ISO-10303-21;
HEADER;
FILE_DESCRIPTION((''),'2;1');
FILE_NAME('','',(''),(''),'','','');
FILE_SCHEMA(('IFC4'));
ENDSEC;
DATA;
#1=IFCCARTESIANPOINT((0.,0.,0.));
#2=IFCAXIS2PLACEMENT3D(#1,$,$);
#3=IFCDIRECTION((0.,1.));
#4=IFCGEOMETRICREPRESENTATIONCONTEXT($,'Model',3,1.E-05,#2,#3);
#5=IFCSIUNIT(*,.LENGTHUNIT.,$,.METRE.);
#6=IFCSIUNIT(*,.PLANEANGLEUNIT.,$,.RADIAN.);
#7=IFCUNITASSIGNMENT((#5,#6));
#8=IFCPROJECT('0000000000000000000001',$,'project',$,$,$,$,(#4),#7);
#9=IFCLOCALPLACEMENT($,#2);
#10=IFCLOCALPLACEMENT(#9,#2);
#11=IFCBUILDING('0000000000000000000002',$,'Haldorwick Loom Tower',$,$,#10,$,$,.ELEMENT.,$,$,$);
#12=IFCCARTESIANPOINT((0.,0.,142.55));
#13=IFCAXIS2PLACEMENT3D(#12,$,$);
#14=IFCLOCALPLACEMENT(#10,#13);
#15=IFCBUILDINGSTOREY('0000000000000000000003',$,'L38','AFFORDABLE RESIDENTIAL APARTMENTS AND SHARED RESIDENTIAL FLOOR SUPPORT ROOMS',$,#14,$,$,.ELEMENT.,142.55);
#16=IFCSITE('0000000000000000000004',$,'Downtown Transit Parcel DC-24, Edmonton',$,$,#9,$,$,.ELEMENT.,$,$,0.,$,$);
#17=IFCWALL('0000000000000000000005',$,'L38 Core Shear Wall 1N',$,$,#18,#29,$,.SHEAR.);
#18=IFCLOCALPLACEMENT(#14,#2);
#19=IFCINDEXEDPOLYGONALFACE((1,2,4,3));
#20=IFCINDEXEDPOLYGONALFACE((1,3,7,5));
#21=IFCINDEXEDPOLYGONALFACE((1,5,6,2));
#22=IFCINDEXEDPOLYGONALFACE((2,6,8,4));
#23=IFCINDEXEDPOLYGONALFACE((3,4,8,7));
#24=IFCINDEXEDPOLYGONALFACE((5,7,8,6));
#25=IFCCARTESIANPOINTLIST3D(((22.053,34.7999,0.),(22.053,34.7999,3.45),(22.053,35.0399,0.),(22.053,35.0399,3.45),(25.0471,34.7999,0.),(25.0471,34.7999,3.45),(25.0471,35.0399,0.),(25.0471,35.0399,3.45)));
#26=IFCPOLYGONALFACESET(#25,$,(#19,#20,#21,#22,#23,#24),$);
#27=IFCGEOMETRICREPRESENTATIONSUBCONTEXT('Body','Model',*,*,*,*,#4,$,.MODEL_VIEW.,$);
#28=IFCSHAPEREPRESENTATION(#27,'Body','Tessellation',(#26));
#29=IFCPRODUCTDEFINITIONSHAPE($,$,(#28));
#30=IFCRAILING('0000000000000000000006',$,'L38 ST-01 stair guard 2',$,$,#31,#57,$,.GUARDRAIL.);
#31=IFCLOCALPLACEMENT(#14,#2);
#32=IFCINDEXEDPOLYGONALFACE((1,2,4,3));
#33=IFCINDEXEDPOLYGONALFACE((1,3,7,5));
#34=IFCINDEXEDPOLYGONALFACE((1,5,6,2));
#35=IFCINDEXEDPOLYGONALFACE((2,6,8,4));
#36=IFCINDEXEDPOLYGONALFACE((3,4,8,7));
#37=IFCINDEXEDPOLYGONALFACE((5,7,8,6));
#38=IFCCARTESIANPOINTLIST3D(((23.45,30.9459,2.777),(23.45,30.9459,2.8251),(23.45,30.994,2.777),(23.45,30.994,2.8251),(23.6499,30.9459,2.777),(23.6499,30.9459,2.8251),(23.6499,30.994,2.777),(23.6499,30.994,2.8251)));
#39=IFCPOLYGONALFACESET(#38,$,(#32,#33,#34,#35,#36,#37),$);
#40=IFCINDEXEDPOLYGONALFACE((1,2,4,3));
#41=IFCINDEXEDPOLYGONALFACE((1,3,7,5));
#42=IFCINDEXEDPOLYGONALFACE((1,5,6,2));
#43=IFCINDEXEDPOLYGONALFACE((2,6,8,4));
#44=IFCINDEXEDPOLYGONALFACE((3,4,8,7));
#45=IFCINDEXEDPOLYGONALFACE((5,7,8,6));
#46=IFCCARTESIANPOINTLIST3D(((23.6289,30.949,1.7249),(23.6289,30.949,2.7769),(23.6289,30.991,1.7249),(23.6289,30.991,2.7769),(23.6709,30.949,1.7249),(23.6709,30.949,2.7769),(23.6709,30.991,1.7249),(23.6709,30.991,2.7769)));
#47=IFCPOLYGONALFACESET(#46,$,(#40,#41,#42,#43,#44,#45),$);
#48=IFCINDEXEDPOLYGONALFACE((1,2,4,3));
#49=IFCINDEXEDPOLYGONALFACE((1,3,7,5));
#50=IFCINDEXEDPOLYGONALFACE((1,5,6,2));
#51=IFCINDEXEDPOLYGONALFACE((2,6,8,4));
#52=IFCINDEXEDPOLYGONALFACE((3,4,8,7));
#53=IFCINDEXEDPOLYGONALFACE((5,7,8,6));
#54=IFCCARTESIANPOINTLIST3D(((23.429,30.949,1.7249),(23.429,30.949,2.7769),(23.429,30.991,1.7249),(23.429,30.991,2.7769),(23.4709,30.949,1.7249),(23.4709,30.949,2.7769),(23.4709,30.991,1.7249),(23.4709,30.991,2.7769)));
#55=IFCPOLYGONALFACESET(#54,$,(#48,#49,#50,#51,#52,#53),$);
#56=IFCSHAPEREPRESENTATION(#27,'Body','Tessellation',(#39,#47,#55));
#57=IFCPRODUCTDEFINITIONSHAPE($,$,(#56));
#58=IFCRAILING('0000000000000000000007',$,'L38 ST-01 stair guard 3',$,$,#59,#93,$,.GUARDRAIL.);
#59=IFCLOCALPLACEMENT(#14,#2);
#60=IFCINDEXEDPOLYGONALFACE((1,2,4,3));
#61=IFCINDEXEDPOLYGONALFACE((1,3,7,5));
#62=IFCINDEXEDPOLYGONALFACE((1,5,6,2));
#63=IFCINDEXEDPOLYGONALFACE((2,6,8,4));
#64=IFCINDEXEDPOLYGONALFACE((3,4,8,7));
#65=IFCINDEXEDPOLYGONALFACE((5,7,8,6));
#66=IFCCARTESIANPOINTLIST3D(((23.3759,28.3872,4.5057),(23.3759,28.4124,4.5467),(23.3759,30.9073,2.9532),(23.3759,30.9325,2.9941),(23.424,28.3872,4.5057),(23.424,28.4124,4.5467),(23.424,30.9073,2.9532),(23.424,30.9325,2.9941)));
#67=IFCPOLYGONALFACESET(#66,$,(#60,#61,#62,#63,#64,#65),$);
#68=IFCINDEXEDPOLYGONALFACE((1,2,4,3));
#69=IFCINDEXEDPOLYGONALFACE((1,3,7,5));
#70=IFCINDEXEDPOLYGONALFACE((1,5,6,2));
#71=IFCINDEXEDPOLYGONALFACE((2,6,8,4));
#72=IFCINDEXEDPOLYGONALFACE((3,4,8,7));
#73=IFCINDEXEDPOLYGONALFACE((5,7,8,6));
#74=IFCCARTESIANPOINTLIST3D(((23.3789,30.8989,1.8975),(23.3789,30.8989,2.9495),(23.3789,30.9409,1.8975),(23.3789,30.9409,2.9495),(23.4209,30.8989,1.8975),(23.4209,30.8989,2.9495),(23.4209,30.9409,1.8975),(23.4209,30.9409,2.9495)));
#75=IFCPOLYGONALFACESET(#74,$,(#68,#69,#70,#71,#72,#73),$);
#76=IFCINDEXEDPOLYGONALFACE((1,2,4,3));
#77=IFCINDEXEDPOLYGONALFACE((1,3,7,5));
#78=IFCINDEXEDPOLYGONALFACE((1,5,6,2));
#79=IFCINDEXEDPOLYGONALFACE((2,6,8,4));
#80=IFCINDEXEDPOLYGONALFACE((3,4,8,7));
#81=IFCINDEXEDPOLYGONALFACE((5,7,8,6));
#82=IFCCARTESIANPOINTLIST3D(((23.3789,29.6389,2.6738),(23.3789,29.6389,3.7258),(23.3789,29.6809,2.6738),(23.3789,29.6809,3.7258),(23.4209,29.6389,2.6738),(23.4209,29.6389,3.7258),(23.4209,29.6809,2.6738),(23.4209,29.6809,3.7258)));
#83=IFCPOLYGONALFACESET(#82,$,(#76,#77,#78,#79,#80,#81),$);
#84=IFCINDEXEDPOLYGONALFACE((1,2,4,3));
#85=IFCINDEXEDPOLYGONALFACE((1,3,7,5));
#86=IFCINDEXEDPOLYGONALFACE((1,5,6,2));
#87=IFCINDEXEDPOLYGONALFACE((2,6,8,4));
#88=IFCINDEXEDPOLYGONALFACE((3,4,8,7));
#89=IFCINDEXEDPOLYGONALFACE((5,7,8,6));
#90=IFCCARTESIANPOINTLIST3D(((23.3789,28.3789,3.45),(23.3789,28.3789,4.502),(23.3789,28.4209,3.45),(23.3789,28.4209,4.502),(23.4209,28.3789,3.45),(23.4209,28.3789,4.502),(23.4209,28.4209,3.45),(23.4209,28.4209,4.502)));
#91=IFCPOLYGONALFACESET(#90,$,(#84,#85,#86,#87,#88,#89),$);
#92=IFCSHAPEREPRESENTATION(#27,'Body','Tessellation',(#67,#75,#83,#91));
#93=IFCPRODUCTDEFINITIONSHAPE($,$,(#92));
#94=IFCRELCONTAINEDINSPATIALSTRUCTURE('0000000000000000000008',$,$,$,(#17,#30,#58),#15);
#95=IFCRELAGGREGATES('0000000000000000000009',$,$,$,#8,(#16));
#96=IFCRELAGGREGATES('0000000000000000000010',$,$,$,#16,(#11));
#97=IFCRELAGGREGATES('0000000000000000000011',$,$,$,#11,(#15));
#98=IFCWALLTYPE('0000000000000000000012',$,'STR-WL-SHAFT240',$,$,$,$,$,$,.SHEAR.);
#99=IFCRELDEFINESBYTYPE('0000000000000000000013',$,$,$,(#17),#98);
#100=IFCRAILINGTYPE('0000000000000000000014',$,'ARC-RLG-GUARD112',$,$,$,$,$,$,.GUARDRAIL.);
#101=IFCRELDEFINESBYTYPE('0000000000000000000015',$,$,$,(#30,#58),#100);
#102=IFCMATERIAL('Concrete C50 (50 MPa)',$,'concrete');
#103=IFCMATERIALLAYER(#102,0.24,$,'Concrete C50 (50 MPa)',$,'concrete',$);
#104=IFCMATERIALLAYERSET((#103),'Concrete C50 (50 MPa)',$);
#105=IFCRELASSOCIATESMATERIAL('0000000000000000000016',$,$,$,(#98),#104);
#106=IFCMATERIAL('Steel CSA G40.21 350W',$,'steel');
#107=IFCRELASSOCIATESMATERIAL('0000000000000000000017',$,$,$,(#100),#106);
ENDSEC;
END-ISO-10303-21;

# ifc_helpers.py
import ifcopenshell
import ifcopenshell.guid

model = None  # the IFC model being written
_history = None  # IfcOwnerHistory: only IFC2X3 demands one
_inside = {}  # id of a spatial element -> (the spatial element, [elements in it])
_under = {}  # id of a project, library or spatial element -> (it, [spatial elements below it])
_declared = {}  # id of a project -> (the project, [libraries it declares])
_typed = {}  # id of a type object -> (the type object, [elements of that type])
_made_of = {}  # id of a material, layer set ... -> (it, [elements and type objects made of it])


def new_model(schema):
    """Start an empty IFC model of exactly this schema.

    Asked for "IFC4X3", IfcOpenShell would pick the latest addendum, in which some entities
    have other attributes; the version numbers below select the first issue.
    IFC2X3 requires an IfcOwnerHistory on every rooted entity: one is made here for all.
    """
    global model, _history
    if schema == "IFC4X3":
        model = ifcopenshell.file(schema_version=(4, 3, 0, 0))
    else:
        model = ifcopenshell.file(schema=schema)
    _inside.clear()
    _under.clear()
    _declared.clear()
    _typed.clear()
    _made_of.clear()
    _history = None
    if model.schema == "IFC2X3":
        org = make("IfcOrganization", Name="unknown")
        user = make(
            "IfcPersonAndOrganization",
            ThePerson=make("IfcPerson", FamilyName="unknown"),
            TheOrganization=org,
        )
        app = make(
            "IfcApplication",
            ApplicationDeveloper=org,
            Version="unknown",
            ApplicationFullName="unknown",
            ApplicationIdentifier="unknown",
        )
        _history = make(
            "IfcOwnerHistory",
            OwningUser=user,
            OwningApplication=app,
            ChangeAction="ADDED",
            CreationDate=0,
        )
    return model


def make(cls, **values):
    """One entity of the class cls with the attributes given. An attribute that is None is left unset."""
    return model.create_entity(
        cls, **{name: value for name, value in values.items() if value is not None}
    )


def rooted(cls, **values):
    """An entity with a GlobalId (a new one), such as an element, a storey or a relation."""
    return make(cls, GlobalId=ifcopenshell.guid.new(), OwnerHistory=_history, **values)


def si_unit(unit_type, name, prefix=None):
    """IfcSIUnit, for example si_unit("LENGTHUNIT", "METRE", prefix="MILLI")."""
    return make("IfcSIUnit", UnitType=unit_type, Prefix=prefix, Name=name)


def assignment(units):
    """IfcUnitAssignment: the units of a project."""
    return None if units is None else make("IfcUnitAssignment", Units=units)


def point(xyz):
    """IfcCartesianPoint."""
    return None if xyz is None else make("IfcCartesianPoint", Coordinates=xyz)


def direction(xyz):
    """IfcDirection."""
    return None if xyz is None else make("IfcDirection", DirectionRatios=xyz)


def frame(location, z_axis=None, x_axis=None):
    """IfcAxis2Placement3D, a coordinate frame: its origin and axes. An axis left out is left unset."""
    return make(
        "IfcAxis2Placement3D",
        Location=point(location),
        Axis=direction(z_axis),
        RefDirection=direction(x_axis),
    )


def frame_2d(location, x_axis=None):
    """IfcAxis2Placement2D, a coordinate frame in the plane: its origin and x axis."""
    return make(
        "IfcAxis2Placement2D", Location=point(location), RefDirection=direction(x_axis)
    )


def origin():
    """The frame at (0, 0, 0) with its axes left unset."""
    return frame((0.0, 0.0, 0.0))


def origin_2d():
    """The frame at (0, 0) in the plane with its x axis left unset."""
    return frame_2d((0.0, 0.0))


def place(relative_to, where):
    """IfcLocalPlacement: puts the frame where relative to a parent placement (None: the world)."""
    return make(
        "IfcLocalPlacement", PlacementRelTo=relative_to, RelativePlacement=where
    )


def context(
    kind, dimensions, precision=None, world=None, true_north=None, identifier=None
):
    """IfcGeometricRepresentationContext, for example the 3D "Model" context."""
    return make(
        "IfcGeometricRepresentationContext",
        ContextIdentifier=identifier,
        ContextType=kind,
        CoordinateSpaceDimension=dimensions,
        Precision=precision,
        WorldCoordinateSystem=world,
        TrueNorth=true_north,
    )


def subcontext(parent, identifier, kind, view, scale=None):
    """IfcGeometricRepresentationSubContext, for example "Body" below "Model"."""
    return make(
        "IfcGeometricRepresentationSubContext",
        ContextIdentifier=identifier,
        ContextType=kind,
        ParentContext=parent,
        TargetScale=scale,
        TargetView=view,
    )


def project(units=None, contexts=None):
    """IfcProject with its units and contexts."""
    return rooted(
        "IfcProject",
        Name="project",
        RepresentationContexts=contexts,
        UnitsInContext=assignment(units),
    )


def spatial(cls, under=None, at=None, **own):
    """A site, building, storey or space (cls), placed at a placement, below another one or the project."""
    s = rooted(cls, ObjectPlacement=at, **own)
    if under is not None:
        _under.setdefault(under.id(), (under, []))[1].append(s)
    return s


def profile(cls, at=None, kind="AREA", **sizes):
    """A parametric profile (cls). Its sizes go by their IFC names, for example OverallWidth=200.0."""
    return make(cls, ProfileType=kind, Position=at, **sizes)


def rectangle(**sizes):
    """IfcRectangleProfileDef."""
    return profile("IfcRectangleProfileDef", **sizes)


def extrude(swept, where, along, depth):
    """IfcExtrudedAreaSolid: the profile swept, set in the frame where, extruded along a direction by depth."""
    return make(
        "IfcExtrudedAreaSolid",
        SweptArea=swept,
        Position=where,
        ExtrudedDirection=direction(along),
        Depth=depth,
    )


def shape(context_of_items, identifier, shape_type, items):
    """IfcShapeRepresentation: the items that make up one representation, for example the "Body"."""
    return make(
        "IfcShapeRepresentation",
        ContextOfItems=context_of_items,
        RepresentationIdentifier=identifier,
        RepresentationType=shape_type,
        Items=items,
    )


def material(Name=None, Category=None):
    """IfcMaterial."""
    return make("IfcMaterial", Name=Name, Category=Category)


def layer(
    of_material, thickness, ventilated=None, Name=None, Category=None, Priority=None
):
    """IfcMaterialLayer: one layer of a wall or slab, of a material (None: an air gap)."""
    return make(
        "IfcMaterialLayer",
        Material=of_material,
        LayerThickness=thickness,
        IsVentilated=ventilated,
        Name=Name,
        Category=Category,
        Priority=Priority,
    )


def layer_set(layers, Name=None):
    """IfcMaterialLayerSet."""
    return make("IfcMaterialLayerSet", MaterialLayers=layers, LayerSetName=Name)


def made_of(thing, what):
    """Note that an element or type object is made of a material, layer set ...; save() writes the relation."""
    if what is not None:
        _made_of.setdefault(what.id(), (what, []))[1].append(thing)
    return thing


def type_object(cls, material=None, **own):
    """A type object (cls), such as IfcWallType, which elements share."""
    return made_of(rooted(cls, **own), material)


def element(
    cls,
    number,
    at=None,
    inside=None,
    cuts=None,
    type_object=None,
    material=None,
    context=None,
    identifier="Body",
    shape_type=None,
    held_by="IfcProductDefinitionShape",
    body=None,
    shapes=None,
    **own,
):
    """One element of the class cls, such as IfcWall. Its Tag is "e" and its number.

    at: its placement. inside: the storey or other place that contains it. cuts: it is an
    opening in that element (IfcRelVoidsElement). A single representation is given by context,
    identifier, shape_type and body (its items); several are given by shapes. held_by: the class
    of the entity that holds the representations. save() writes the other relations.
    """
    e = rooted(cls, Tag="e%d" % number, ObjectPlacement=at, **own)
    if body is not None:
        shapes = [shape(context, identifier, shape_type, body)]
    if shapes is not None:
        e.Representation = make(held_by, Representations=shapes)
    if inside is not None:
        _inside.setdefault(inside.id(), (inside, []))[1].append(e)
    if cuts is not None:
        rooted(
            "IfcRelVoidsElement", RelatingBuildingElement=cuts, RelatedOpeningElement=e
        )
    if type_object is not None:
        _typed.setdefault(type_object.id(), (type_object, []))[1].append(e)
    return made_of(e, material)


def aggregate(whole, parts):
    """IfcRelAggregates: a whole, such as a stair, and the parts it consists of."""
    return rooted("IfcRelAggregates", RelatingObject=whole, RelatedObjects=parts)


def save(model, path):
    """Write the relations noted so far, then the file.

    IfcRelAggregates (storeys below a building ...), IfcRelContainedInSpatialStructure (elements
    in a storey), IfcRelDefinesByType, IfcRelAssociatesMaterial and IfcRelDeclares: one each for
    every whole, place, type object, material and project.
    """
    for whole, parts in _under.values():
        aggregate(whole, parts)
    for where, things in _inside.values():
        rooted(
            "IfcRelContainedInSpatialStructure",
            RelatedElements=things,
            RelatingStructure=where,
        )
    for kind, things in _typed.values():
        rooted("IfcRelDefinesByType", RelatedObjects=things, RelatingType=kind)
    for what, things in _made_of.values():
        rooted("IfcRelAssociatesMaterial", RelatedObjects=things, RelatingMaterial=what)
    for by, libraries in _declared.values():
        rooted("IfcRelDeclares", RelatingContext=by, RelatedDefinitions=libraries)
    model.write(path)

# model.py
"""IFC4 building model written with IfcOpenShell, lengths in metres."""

from ifc_helpers import new_model, si_unit, direction, frame, frame_2d, origin, origin_2d, place, context, subcontext, project, spatial, rectangle, extrude, material, layer, layer_set, type_object, element, save


model = new_model("IFC4")

# Units and contexts
model_context = context("Model", 3, precision=1e-05, world=origin(), true_north=direction((0.0, 1.0)))
body_context = subcontext(model_context, "Body", "Model", "MODEL_VIEW")
ifc_project = project(units=[si_unit("LENGTHUNIT", "METRE"), si_unit("PLANEANGLEUNIT", "RADIAN")], contexts=[model_context])

# Site, building, storey
site_placement = place(None, origin())
site = spatial("IfcSite", under=ifc_project, at=site_placement, Name="Downtown Transit Parcel DC-24, Edmonton", CompositionType="ELEMENT", RefElevation=0.0)
building_placement = place(site_placement, origin())
building = spatial("IfcBuilding", under=site, at=building_placement, Name="Haldorwick Loom Tower", CompositionType="ELEMENT")
storey_placement = place(building_placement, frame((0.0, 0.0, 142.55)))
storey = spatial("IfcBuildingStorey", under=building, at=storey_placement, Name="L38", Description="AFFORDABLE RESIDENTIAL APARTMENTS AND SHARED RESIDENTIAL FLOOR SUPPORT ROOMS", CompositionType="ELEMENT", Elevation=142.55)

# Shared definitions
ifc_material_1 = material(Name="Steel CSA G40.21 350W", Category="steel")

# Wall
ifc_material_2 = material(Name="Concrete C50 (50 MPa)", Category="concrete")
ifc_layer = layer(ifc_material_2, 0.24, Name="Concrete C50 (50 MPa)", Category="concrete")
ifc_layer_set = layer_set([ifc_layer], Name="Concrete C50 (50 MPa)")
wall_type = type_object("IfcWallType", Name="STR-WL-SHAFT240", PredefinedType="SHEAR", material=ifc_layer_set)
wall_1_placement = place(storey_placement, frame((22.053, 34.9199, 0.0), z_axis=(0.0, 0.0, 1.0), x_axis=(1.0, 0.0, 0.0)))
element("IfcWall", 1, at=wall_1_placement, inside=storey, type_object=wall_type, Name="L38 Core Shear Wall 1N", PredefinedType="SHEAR", context=body_context, shape_type="SweptSolid", body=[
    extrude(rectangle(XDim=2.9941, YDim=0.24, at=frame_2d((1.4971, 0.0))), origin(), (0.0, 0.0, 1.0), 3.45),
])

# Railings
railing_type = type_object("IfcRailingType", Name="ARC-RLG-GUARD112", PredefinedType="GUARDRAIL", material=ifc_material_1)
railing_1_placement = place(storey_placement, frame((23.6499, 30.97, 1.7249)))
element("IfcRailing", 2, at=railing_1_placement, inside=storey, type_object=railing_type, Name="L38 ST-01 stair guard 2", PredefinedType="GUARDRAIL", context=body_context, shape_type="SweptSolid", body=[
    extrude(rectangle(XDim=0.0481, YDim=0.0481, at=origin_2d()), frame((0.0, 0.0, 1.0762), z_axis=(-1.0, 0.0, 0.0), x_axis=(0.0, -1.0, 0.0)), (0.0, 0.0, 1.0), 0.2),
    extrude(rectangle(XDim=0.042, YDim=0.042, at=origin_2d()), origin(), (0.0, 0.0, 1.0), 1.052),
    extrude(rectangle(XDim=0.042, YDim=0.042, at=origin_2d()), frame((-0.2, 0.0, 0.0)), (0.0, 0.0, 1.0), 1.052),
])
railing_2_placement = place(storey_placement, frame((23.3999, 30.9199, 1.8975)))
element("IfcRailing", 3, at=railing_2_placement, inside=storey, type_object=railing_type, Name="L38 ST-01 stair guard 3", PredefinedType="GUARDRAIL", context=body_context, shape_type="SweptSolid", body=[
    extrude(rectangle(XDim=0.0481, YDim=0.0481, at=origin_2d()), frame((0.0, 0.0, 1.0762), z_axis=(0.0, -0.8514, 0.524516), x_axis=(1.0, 0.0, 0.0)), (0.0, 0.0, 1.0), 2.96),
    extrude(rectangle(XDim=0.042, YDim=0.042, at=origin_2d()), origin(), (0.0, 0.0, 1.0), 1.052),
    extrude(rectangle(XDim=0.042, YDim=0.042, at=origin_2d()), frame((0.0, -1.26, 0.7764)), (0.0, 0.0, 1.0), 1.052),
    extrude(rectangle(XDim=0.042, YDim=0.042, at=origin_2d()), frame((0.0, -2.52, 1.5525)), (0.0, 0.0, 1.0), 1.052),
])

save(model, "model.ifc")
